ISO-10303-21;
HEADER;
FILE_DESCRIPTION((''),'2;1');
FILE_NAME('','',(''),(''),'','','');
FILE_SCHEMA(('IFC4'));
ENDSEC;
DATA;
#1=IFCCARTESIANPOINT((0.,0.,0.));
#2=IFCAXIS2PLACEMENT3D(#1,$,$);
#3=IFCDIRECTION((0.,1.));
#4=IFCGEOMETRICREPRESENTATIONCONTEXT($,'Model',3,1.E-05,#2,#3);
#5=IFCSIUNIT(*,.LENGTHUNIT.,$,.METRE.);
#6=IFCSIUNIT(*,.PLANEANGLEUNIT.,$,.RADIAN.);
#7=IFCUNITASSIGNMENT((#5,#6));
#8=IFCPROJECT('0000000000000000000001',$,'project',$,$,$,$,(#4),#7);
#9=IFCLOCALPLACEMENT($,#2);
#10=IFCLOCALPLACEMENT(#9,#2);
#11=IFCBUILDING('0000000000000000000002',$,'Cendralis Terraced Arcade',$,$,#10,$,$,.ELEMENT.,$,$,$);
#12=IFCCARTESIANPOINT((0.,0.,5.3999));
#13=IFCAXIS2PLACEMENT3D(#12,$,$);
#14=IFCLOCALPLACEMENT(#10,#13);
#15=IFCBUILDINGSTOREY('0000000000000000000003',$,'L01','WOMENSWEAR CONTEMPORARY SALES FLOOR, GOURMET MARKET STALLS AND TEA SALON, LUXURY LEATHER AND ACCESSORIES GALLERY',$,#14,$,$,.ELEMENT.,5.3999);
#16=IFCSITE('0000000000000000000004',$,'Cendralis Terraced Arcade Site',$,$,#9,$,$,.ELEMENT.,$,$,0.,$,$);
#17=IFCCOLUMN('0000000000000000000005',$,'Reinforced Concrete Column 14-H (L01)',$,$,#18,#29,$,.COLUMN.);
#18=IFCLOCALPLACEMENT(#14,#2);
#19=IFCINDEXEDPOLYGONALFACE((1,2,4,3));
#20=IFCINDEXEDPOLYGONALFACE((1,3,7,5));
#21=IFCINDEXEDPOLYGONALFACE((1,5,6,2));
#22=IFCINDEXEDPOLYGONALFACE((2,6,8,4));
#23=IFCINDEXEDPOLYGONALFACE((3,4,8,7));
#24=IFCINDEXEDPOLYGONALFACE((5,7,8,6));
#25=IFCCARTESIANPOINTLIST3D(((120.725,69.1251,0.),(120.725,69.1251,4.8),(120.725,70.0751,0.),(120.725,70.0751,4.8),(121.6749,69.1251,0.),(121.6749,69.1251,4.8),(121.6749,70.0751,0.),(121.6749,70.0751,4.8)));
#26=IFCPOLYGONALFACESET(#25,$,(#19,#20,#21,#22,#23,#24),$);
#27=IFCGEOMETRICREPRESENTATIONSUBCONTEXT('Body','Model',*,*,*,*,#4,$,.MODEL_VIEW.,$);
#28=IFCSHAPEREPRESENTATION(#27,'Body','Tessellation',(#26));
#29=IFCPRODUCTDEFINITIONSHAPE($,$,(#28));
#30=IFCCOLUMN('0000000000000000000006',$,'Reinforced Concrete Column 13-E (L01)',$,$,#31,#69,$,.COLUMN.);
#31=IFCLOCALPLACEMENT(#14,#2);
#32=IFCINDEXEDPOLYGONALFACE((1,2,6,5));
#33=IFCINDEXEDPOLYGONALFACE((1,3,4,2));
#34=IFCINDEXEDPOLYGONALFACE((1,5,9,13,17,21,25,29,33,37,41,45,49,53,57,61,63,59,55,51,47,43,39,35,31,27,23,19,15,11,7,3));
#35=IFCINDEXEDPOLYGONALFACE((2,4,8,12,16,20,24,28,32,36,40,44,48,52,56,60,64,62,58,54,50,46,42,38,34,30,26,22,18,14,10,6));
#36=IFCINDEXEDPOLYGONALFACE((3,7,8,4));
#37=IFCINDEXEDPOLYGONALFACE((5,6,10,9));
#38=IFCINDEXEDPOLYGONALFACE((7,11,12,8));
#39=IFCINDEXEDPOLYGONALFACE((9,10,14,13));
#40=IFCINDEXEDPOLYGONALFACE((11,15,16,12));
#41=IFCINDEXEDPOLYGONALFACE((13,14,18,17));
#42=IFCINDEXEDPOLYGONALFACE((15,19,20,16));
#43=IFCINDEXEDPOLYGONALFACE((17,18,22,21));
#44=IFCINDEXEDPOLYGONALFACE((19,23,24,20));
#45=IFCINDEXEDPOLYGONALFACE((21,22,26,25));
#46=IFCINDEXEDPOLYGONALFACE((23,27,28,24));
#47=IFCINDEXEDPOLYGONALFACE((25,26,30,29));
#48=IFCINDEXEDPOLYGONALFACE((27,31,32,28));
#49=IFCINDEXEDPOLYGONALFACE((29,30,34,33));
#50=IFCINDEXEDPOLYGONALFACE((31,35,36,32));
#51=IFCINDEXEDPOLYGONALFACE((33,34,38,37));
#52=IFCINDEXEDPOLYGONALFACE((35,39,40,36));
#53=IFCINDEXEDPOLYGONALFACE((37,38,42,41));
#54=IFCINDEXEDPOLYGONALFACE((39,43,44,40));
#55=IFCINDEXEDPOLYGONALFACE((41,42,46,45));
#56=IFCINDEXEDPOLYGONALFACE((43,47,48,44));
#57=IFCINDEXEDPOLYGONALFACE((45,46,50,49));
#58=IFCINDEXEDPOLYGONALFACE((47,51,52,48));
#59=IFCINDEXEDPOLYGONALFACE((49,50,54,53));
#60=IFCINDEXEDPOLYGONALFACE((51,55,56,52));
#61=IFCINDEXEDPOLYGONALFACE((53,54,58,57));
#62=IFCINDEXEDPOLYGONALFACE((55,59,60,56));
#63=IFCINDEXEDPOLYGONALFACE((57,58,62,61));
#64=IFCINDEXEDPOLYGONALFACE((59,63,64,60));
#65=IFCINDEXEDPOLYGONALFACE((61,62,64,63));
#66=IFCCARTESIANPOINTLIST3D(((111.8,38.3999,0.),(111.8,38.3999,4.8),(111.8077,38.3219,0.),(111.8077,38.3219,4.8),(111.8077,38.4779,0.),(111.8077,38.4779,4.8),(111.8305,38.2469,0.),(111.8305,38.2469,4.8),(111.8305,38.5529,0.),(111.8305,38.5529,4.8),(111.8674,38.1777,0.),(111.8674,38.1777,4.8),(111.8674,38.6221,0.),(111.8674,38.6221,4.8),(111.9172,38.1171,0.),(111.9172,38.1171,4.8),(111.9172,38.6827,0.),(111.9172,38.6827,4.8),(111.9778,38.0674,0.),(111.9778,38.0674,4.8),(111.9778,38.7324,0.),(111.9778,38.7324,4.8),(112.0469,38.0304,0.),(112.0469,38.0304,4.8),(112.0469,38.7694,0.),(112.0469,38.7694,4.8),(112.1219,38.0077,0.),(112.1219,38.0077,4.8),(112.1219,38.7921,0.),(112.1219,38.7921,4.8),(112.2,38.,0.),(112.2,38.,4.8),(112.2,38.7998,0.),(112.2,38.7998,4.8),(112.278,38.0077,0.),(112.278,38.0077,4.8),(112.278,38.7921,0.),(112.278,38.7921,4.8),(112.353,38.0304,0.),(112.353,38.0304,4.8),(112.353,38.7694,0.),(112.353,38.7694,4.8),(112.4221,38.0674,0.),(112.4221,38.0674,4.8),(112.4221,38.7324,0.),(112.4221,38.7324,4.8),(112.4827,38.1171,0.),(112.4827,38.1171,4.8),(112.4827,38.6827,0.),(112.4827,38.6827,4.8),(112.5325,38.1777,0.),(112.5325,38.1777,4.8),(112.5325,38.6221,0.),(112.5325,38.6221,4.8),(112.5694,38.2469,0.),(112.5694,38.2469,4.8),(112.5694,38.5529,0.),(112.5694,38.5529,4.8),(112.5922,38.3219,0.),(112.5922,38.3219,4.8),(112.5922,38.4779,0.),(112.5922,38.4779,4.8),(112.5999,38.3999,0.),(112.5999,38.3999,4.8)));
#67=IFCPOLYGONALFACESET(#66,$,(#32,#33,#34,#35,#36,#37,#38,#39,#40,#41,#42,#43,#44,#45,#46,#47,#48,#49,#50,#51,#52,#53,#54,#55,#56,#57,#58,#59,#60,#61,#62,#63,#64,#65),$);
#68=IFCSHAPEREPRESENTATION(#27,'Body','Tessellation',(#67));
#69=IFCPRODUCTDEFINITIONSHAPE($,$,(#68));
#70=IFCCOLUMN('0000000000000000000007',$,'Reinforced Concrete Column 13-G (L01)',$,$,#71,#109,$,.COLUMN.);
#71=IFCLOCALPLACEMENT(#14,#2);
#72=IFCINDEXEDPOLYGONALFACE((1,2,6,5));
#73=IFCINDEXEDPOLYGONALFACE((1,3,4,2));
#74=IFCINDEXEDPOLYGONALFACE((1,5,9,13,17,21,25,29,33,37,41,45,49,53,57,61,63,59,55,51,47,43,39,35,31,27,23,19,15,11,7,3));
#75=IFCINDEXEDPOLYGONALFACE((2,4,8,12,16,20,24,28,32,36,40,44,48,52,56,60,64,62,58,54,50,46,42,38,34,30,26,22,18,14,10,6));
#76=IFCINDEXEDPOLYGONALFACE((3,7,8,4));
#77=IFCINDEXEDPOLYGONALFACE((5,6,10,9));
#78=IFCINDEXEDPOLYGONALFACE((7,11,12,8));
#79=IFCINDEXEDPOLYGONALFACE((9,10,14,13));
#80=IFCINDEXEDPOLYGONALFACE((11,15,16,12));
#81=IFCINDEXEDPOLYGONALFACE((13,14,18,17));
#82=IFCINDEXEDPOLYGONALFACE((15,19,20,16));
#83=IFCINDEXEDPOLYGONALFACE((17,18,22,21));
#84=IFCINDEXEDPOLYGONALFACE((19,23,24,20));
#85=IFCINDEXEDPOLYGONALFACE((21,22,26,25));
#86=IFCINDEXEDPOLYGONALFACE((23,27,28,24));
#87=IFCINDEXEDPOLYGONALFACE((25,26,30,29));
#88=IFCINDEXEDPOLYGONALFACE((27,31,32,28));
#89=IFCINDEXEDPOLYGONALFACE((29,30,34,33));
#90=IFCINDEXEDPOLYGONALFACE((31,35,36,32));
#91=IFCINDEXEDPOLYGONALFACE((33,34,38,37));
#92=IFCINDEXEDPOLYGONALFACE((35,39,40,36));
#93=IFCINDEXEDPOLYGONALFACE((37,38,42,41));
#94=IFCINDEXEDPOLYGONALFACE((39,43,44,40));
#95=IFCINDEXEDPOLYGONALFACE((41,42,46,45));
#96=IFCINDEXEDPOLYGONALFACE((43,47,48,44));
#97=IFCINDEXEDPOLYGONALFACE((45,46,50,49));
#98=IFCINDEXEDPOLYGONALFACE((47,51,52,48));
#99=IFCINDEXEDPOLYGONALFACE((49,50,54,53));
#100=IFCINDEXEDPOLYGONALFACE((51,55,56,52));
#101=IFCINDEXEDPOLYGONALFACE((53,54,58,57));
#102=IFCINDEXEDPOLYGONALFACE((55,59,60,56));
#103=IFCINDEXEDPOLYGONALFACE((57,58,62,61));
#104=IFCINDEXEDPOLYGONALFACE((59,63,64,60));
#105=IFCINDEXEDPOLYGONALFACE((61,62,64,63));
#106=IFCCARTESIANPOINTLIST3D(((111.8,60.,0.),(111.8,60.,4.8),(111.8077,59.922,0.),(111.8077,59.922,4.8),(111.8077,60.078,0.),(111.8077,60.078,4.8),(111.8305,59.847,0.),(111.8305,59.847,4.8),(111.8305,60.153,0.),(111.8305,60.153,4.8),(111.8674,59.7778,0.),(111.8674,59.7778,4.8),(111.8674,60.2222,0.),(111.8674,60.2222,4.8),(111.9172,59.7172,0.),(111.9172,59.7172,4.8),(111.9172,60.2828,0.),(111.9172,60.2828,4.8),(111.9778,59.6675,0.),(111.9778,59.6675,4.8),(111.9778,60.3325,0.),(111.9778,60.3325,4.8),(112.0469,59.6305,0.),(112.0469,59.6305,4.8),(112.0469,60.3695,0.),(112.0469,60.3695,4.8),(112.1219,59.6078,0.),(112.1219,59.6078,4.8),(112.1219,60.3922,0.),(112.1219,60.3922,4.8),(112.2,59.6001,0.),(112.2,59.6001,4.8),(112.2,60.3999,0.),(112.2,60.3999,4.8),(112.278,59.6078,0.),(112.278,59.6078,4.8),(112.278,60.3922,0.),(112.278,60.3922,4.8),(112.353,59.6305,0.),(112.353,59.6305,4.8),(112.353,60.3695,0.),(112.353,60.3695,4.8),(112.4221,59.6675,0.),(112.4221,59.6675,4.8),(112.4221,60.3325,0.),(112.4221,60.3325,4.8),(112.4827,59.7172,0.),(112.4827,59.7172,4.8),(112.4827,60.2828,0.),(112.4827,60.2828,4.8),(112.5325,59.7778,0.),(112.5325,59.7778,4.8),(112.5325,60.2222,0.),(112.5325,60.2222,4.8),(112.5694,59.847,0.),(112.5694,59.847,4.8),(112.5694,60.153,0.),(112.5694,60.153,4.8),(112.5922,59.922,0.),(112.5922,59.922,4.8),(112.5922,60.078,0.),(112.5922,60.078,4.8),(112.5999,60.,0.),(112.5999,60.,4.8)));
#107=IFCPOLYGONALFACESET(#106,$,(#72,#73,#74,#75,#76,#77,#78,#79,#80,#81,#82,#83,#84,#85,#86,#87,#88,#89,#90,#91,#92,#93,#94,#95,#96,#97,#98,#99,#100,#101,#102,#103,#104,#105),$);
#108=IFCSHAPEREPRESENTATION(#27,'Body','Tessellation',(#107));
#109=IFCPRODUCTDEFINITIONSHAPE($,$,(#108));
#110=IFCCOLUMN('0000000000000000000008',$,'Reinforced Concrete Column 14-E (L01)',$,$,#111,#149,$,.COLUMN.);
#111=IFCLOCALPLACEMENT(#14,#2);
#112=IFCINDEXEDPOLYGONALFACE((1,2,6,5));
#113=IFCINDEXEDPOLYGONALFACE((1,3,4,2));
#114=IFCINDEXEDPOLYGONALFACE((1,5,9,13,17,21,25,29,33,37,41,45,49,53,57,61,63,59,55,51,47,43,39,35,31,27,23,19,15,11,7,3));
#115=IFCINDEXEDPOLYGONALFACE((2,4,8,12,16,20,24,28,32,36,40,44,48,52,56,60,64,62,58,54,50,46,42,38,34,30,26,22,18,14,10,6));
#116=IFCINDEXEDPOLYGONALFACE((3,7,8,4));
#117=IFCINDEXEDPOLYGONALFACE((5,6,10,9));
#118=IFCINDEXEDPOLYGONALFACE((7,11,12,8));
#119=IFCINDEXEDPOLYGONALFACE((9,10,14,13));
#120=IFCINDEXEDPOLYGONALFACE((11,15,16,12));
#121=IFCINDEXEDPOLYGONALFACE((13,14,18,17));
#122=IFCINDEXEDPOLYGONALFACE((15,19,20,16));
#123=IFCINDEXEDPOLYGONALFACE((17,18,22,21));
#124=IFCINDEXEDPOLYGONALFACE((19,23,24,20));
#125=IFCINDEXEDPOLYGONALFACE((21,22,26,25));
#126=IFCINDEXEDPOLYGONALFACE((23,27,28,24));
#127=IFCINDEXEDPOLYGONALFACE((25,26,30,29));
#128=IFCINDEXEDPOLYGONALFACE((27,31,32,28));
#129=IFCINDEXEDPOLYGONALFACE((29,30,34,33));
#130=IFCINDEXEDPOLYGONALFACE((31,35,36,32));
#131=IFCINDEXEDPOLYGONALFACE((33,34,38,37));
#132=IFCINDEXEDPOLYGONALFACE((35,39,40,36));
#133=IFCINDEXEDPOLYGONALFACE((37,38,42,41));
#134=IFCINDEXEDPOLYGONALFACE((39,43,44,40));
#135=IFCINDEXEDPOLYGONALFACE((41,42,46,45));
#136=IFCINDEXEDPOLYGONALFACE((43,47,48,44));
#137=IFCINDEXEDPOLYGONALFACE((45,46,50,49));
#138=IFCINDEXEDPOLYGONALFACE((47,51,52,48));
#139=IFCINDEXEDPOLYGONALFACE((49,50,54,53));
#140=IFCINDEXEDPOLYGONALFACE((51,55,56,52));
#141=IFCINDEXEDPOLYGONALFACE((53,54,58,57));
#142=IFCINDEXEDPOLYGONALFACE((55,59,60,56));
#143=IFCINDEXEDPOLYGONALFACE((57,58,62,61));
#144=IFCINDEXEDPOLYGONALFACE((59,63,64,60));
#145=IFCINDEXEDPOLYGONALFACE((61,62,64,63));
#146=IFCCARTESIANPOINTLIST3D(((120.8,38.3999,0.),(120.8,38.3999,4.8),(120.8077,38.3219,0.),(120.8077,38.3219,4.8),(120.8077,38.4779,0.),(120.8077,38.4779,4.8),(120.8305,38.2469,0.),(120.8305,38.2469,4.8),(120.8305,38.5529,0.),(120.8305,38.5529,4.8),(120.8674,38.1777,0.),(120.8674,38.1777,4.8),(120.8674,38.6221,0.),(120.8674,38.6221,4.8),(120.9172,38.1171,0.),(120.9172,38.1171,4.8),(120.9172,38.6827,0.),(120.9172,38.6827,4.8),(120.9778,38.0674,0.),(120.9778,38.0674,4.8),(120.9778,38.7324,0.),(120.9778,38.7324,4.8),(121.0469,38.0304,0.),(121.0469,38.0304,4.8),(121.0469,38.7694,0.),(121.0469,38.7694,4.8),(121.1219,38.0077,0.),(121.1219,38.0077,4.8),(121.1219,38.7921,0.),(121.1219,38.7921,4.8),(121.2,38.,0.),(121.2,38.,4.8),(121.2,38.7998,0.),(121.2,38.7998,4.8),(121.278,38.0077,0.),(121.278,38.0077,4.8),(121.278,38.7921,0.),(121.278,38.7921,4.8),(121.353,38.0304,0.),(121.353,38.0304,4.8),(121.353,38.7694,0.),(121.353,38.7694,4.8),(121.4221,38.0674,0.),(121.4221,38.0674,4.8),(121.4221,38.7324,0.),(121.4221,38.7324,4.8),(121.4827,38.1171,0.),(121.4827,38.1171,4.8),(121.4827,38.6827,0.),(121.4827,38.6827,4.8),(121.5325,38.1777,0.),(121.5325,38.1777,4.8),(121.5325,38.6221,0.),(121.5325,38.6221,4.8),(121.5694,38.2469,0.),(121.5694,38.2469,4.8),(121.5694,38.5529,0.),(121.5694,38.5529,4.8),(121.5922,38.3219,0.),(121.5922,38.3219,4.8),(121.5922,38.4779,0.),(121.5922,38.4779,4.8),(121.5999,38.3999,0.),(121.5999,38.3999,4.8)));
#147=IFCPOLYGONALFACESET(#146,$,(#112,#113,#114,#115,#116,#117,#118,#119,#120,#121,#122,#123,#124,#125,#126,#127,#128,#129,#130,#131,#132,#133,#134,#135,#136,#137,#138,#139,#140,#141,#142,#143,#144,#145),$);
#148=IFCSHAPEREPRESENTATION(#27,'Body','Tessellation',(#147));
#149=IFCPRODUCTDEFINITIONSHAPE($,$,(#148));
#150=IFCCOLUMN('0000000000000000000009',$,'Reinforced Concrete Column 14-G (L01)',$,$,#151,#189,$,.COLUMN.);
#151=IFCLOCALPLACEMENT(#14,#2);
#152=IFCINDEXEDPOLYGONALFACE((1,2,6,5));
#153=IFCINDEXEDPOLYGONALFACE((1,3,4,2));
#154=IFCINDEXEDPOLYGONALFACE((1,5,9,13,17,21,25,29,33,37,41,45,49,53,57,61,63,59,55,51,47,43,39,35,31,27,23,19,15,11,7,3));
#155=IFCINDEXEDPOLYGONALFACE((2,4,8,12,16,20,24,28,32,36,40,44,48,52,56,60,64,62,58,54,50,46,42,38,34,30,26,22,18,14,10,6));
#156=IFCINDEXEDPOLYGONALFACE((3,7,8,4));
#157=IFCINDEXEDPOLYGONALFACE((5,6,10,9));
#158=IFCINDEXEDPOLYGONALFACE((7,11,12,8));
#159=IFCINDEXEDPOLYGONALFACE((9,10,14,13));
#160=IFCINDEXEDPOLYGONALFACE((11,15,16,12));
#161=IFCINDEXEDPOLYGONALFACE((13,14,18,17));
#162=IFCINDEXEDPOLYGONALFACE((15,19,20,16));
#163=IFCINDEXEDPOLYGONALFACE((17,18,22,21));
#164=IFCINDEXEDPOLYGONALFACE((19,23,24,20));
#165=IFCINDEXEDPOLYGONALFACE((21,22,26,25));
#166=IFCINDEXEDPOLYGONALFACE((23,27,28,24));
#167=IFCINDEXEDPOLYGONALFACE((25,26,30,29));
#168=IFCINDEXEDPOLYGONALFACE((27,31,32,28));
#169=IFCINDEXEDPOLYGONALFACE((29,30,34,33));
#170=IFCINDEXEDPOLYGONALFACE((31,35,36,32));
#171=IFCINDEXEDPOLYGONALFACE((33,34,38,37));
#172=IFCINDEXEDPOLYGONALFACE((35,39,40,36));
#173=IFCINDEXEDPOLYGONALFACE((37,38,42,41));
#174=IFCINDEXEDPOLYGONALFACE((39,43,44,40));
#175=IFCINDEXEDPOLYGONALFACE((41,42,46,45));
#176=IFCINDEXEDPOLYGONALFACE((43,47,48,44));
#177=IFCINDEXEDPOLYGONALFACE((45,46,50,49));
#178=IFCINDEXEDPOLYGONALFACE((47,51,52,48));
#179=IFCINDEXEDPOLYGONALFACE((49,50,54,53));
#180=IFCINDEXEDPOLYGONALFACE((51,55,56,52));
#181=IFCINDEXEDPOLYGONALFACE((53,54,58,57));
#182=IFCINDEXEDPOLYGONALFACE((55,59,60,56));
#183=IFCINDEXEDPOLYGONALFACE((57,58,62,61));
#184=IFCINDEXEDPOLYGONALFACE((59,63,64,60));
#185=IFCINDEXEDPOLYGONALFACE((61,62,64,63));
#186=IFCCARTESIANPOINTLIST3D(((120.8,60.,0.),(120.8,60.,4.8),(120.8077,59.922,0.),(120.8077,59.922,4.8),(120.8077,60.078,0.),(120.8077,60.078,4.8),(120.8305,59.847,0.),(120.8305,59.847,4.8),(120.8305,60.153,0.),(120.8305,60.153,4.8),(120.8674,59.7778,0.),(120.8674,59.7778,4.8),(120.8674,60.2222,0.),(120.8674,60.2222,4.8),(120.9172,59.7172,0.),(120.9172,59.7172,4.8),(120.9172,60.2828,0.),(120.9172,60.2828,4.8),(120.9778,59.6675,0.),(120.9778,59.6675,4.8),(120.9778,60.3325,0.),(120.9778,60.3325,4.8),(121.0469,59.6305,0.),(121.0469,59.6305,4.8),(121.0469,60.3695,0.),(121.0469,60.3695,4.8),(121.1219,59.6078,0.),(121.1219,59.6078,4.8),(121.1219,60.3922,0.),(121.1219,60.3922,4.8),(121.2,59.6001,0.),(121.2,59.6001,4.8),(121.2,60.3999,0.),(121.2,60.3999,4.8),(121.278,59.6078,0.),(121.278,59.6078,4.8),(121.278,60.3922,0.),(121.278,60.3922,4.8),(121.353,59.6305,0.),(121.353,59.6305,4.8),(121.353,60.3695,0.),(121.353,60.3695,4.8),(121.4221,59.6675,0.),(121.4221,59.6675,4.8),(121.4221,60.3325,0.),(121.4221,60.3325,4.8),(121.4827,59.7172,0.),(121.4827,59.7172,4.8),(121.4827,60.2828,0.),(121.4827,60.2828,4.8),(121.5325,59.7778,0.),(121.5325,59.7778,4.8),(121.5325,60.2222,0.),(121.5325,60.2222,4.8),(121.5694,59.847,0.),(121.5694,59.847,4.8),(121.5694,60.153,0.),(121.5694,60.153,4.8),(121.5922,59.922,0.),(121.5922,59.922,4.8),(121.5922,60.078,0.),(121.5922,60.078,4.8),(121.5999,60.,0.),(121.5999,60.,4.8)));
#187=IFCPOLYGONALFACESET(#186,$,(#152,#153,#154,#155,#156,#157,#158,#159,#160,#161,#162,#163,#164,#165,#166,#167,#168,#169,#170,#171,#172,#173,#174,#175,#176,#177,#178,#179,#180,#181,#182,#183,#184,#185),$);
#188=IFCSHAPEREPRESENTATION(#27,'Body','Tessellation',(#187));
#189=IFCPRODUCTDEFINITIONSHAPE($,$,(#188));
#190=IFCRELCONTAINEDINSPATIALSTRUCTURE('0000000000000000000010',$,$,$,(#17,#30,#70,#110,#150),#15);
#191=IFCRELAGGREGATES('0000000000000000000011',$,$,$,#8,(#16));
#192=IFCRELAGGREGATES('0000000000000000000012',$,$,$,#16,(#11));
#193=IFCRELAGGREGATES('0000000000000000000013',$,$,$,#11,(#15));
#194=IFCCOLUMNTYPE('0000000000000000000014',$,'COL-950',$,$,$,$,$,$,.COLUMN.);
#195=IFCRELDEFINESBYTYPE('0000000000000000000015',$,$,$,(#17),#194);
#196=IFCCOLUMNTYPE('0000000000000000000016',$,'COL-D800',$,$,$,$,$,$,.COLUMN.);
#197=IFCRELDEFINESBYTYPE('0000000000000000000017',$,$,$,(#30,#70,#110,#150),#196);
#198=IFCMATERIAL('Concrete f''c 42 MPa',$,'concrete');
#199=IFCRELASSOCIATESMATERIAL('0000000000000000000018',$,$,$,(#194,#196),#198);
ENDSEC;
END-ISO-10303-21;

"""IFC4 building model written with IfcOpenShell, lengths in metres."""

from ifc_helpers import new_model, si_unit, direction, frame, origin, origin_2d, place, context, subcontext, project, spatial, rectangle, circle, extrude, material, material_profile, profile_set, type_object, element, save


model = new_model("IFC4")

# Units and contexts
model_context = context("Model", 3, precision=1e-05, world=origin(), true_north=direction((0.0, 1.0)))
body_context = subcontext(model_context, "Body", "Model", "MODEL_VIEW")
ifc_project = project(units=[si_unit("LENGTHUNIT", "METRE"), si_unit("PLANEANGLEUNIT", "RADIAN")], contexts=[model_context])

# Site, building, storey
site_placement = place(None, origin())
site = spatial("IfcSite", under=ifc_project, at=site_placement, Name="Cendralis Terraced Arcade Site", CompositionType="ELEMENT", RefElevation=0.0)
building_placement = place(site_placement, origin())
building = spatial("IfcBuilding", under=site, at=building_placement, Name="Cendralis Terraced Arcade", CompositionType="ELEMENT")
storey_placement = place(building_placement, frame((0.0, 0.0, 5.3999)))
storey = spatial("IfcBuildingStorey", under=building, at=storey_placement, Name="L01", Description="WOMENSWEAR CONTEMPORARY SALES FLOOR, GOURMET MARKET STALLS AND TEA SALON, LUXURY LEATHER AND ACCESSORIES GALLERY", CompositionType="ELEMENT", Elevation=5.3999)

# Columns
ifc_material_1 = material(Name="Concrete f'c 42 MPa", Category="concrete")
ifc_material_profile_1 = material_profile(ifc_material_1, rectangle(XDim=0.95, YDim=0.95, at=origin_2d()), Name="RC-COL-950x950", Category="LoadBearing")
ifc_profile_set_1 = profile_set([ifc_material_profile_1], Name="Concrete f'c 42 MPa")
column_type_1 = type_object("IfcColumnType", Name="COL-950", PredefinedType="COLUMN", material=ifc_profile_set_1)
column_placement = place(storey_placement, frame((121.2, 69.6001, 0.0), z_axis=(0.0, 0.0, 1.0), x_axis=(1.0, 0.0, 0.0)))
element("IfcColumn", 1, at=column_placement, inside=storey, type_object=column_type_1, Name="Reinforced Concrete Column 14-H (L01)", PredefinedType="COLUMN", context=body_context, shape_type="SweptSolid", body=[
    extrude(rectangle(XDim=0.95, YDim=0.95, at=origin_2d()), origin(), (0.0, 0.0, 1.0), 4.8),
])
ifc_material_profile_2 = material_profile(ifc_material_1, circle(Radius=0.3999, at=origin_2d()), Name="RC-COL-D800", Category="LoadBearing")
ifc_profile_set_2 = profile_set([ifc_material_profile_2], Name="Concrete f'c 42 MPa")
column_type_2 = type_object("IfcColumnType", Name="COL-D800", PredefinedType="COLUMN", material=ifc_profile_set_2)
for number, where, z_axis, x_axis, name in (
    (2, (112.2, 38.3999, 0.0), (0.0, 0.0, 1.0), (1.0, 0.0, 0.0), "Reinforced Concrete Column 13-E (L01)"),
    (3, (112.2, 60.0, 0.0), (0.0, 0.0, 1.0), (1.0, 0.0, 0.0), "Reinforced Concrete Column 13-G (L01)"),
    (4, (121.2, 38.3999, 0.0), (0.0, 0.0, 1.0), (1.0, 0.0, 0.0), "Reinforced Concrete Column 14-E (L01)"),
    (5, (121.2, 60.0, 0.0), (0.0, 0.0, 1.0), (1.0, 0.0, 0.0), "Reinforced Concrete Column 14-G (L01)"),
):
    element("IfcColumn", number, at=place(storey_placement, frame(where, z_axis=z_axis, x_axis=x_axis)), inside=storey, type_object=column_type_2, Name=name, PredefinedType="COLUMN", context=body_context, shape_type="SweptSolid", body=[
        extrude(circle(Radius=0.3999, at=origin_2d()), origin(), (0.0, 0.0, 1.0), 4.8),
    ])

save(model, "model.ifc")
